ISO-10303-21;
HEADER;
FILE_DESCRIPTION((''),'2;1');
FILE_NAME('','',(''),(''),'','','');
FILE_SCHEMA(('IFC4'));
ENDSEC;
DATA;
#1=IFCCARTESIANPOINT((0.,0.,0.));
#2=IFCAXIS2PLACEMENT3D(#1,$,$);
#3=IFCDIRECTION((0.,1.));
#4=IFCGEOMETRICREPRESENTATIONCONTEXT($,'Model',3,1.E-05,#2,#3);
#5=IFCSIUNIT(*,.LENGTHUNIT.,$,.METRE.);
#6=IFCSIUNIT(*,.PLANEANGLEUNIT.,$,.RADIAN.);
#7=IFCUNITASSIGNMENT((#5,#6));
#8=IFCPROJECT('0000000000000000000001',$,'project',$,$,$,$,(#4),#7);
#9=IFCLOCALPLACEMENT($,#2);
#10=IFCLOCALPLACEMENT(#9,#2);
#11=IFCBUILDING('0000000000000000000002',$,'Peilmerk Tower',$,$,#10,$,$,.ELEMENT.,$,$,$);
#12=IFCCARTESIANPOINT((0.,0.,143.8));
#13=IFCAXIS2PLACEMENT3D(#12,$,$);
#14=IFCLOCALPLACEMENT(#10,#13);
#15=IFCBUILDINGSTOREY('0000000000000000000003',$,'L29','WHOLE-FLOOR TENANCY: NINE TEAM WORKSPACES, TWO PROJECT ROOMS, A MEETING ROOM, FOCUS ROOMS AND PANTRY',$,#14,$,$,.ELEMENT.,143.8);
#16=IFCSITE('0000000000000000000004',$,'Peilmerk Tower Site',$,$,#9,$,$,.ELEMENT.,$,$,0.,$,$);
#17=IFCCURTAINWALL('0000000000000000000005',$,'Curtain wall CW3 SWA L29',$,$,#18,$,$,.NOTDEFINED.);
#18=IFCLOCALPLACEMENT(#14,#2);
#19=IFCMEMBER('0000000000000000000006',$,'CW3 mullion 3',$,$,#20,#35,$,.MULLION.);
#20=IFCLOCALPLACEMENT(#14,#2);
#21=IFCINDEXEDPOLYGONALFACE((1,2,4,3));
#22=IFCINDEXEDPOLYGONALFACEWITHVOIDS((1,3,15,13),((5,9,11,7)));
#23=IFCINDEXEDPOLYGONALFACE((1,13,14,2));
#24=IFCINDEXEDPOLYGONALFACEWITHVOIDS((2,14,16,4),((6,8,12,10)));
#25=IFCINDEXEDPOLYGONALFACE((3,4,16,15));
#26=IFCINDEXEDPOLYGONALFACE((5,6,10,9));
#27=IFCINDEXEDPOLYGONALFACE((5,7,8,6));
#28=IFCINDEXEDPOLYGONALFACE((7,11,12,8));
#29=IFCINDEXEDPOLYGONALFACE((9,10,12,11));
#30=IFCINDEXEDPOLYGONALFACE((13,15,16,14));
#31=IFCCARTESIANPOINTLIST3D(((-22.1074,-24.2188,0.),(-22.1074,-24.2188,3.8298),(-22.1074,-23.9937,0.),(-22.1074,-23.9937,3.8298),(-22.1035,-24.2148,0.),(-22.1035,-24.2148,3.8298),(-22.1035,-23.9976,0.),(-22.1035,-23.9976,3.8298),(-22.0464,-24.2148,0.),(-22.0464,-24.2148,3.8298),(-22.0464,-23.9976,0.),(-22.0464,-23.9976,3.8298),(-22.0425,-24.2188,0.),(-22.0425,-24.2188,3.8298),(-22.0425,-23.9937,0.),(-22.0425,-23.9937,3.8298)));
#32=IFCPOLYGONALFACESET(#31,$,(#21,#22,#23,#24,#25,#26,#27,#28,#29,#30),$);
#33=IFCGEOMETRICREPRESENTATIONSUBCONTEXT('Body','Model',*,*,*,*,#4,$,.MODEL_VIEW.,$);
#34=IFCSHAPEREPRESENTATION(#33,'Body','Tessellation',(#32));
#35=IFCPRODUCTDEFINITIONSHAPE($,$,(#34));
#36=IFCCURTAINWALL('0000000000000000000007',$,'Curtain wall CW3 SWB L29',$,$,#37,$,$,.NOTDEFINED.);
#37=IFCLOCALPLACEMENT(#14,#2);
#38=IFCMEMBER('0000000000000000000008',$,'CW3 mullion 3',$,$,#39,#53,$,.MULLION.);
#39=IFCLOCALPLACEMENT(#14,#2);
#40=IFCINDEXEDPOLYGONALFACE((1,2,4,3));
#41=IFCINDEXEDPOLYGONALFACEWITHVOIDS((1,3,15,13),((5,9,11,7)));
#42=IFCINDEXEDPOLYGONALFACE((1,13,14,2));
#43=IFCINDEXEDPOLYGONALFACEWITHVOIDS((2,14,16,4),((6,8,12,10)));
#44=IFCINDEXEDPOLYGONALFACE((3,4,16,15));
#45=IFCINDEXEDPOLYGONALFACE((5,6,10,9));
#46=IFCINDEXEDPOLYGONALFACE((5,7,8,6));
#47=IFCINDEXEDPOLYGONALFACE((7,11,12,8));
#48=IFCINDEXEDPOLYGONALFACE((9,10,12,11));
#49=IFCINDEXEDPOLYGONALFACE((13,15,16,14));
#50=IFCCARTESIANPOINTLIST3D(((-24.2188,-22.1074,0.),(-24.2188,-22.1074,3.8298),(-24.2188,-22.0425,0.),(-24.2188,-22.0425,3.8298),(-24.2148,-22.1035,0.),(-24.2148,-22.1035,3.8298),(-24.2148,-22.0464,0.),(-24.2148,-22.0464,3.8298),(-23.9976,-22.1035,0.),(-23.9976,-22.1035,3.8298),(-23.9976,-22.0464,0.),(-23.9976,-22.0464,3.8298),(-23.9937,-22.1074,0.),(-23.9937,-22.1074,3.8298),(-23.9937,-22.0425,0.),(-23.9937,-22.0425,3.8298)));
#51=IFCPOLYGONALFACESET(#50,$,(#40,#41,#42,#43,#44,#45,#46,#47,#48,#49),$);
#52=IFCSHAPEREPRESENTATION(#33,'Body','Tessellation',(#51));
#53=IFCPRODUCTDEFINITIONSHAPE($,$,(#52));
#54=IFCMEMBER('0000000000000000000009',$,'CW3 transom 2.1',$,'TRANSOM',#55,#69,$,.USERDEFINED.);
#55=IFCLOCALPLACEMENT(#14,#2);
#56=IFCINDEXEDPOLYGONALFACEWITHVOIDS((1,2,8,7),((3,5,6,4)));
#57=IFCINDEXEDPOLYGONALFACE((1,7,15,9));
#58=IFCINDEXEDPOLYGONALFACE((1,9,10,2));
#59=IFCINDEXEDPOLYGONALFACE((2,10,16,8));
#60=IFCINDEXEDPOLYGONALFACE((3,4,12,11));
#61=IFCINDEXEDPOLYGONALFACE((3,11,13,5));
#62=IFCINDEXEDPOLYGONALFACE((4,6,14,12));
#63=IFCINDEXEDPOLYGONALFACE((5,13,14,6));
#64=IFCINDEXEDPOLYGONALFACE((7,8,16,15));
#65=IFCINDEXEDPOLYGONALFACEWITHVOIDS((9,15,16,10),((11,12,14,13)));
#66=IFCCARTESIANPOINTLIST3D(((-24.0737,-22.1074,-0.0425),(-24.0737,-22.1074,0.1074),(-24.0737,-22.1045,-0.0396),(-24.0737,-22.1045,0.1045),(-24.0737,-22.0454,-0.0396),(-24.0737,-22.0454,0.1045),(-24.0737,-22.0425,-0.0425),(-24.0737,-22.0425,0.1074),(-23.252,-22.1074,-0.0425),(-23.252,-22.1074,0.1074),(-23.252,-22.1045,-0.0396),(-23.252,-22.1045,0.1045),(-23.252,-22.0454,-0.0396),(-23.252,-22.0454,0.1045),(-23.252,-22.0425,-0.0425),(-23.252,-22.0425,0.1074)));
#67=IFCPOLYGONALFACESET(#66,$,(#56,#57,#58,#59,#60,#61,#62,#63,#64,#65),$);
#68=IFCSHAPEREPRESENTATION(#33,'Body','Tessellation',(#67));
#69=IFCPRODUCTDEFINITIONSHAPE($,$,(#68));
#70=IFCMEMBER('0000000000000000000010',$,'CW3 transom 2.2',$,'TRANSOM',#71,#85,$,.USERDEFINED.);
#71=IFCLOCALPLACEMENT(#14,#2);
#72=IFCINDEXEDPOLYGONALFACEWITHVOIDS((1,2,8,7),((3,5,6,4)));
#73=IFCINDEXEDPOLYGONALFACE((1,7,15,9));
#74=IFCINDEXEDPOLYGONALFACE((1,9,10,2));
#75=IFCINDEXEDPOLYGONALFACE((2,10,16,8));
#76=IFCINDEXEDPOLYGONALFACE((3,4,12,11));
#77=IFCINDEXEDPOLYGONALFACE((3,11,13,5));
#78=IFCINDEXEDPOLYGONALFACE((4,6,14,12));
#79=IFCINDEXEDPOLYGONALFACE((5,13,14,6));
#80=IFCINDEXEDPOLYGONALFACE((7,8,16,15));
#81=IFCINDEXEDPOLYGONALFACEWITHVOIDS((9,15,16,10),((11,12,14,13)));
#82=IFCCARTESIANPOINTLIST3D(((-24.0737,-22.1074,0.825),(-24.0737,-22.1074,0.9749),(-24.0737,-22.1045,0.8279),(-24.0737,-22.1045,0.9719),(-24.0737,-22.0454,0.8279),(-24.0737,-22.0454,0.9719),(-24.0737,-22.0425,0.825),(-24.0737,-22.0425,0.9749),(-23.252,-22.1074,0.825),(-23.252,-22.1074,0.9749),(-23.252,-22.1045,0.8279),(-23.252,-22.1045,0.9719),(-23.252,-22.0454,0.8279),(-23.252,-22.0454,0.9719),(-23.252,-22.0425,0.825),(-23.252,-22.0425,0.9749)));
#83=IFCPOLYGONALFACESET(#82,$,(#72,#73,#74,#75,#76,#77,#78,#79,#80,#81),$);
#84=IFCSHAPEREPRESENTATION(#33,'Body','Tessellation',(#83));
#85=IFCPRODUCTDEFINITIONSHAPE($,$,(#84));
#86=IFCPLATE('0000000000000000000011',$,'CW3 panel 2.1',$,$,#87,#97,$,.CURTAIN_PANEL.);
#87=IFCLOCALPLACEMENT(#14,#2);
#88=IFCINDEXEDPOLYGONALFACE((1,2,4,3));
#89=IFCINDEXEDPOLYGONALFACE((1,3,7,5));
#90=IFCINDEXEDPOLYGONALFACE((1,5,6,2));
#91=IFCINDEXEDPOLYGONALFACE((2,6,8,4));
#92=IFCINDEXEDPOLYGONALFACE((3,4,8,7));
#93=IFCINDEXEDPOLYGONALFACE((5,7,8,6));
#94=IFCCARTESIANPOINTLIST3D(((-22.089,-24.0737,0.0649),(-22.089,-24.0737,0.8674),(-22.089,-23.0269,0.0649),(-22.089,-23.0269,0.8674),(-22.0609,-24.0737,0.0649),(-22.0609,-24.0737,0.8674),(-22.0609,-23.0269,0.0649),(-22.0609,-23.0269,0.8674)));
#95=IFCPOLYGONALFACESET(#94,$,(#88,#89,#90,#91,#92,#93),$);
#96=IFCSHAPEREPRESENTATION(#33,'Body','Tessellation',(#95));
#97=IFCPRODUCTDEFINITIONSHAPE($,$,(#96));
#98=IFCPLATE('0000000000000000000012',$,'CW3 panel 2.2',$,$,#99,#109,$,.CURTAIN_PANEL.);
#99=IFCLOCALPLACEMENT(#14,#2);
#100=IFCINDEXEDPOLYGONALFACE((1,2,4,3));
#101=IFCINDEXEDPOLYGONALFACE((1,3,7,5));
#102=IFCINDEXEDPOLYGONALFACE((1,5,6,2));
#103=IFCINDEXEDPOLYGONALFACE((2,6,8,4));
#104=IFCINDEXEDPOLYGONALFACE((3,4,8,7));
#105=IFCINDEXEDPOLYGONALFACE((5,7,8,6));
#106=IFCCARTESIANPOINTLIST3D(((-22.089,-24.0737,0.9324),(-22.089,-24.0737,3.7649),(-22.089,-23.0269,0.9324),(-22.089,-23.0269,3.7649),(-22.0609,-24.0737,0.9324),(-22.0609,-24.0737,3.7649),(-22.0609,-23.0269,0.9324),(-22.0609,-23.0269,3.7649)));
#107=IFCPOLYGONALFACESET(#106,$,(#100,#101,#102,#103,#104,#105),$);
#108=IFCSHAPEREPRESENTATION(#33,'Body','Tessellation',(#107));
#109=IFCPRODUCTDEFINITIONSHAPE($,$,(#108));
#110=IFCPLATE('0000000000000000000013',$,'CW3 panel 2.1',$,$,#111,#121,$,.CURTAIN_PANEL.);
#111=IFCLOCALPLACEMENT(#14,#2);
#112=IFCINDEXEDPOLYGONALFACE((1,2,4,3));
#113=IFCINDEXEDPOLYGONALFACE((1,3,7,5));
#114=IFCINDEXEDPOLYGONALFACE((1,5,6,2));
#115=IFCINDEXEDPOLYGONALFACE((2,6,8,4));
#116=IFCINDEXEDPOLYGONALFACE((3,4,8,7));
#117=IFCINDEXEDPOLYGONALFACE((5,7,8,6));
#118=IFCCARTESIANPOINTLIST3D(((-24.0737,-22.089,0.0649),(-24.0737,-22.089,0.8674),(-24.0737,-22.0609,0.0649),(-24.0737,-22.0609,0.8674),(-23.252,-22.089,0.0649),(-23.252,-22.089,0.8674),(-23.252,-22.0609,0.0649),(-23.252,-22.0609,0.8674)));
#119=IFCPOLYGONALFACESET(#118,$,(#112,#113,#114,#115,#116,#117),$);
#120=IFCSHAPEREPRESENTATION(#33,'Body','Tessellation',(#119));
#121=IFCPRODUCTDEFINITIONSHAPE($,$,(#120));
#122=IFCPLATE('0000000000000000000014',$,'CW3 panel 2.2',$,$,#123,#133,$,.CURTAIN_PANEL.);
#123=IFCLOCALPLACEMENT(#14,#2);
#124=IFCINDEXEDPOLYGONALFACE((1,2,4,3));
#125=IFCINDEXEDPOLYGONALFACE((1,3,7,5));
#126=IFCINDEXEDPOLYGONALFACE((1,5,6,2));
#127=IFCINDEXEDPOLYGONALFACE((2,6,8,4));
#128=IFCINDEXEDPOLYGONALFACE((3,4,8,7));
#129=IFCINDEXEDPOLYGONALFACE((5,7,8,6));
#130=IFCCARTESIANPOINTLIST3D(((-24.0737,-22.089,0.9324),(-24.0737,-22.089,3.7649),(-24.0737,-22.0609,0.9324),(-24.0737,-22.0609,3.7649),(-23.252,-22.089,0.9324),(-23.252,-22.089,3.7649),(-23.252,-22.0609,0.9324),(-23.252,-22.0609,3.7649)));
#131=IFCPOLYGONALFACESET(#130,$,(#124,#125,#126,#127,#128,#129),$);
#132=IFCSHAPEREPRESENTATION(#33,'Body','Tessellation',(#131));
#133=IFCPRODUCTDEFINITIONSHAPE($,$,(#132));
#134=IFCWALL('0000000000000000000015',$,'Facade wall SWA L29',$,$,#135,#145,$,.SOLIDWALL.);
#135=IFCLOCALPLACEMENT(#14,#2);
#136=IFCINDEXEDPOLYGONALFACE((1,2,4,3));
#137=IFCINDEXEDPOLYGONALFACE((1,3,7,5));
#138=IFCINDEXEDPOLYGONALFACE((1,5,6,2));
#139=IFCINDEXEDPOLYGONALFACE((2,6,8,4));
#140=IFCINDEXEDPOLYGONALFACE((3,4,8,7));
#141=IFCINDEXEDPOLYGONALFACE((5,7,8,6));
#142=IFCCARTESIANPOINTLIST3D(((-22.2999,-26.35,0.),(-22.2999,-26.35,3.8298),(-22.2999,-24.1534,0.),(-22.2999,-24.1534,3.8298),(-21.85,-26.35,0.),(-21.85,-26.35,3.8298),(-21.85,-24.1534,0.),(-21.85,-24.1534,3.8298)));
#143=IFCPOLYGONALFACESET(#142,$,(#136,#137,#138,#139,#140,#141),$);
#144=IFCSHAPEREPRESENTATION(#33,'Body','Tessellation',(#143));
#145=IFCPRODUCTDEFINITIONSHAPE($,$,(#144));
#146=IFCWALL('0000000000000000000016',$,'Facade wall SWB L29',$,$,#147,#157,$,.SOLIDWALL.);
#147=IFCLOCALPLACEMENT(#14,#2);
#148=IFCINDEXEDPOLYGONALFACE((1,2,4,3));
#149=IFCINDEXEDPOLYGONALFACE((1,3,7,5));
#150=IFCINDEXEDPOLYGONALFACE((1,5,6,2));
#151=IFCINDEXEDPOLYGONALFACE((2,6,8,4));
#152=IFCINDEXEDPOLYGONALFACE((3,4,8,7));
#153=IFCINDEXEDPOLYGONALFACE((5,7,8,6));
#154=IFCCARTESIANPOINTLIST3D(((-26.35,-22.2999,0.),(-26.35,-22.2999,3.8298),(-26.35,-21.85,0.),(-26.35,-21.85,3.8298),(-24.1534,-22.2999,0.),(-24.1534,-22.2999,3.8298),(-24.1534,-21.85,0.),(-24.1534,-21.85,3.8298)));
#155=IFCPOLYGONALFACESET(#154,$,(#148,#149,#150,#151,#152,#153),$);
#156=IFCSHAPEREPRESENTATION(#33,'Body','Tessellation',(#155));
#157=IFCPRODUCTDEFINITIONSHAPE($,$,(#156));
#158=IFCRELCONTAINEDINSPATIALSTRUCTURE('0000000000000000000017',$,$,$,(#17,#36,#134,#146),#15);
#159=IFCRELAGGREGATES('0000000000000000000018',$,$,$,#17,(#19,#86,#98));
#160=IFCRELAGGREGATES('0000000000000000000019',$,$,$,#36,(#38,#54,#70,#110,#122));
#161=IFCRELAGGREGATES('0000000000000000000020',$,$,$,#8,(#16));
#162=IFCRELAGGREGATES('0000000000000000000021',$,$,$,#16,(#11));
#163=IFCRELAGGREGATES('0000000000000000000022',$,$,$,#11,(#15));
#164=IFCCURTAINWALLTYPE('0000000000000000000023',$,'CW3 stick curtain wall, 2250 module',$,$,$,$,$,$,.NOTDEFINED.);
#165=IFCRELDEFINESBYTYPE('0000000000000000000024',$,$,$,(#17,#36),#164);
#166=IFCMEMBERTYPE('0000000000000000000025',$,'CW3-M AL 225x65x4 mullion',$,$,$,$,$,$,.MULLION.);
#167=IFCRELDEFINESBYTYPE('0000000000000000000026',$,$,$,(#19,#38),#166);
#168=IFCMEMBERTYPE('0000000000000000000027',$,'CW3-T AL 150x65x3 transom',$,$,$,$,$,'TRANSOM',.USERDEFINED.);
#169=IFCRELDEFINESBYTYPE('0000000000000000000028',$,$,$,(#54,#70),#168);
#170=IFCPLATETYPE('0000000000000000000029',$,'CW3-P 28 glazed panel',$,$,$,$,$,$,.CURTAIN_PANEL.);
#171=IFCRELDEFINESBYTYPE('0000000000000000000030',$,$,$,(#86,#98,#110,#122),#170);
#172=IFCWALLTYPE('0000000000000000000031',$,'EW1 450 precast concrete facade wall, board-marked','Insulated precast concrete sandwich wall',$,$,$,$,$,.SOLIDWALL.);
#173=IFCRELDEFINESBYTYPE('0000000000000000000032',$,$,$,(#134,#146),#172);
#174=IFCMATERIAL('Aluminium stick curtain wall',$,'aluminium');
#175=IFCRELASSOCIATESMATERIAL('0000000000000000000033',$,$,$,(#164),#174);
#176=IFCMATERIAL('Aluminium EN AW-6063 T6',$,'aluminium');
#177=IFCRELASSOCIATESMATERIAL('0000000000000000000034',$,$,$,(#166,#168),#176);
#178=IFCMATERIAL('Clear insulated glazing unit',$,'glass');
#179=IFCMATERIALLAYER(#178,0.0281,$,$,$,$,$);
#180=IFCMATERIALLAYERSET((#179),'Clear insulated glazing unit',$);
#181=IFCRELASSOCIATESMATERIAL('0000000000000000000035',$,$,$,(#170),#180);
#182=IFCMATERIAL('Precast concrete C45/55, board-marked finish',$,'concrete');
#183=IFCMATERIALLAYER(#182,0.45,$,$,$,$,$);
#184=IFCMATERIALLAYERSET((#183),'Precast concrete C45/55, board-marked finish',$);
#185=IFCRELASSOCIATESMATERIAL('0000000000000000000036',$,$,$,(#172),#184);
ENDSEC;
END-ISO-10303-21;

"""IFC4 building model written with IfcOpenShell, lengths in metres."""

from ifc_helpers import new_model, si_unit, direction, frame, frame_2d, origin, origin_2d, place, context, subcontext, project, spatial, rectangle, hollow_rectangle, extrude, material, layer, layer_set, material_profile, profile_set, type_object, element, aggregate, save


model = new_model("IFC4")

# Units and contexts
model_context = context("Model", 3, precision=1e-05, world=origin(), true_north=direction((0.0, 1.0)))
body_context = subcontext(model_context, "Body", "Model", "MODEL_VIEW")
ifc_project = project(units=[si_unit("LENGTHUNIT", "METRE"), si_unit("PLANEANGLEUNIT", "RADIAN")], contexts=[model_context])

# Site, building, storey
site_placement = place(None, origin())
site = spatial("IfcSite", under=ifc_project, at=site_placement, Name="Peilmerk Tower Site", CompositionType="ELEMENT", RefElevation=0.0)
building_placement = place(site_placement, origin())
building = spatial("IfcBuilding", under=site, at=building_placement, Name="Peilmerk Tower", CompositionType="ELEMENT")
storey_placement = place(building_placement, frame((0.0, 0.0, 143.8)))
storey = spatial("IfcBuildingStorey", under=building, at=storey_placement, Name="L29", Description="WHOLE-FLOOR TENANCY: NINE TEAM WORKSPACES, TWO PROJECT ROOMS, A MEETING ROOM, FOCUS ROOMS AND PANTRY", CompositionType="ELEMENT", Elevation=143.8)

# Curtain wall, member
ifc_material_1 = material(Name="Aluminium stick curtain wall", Category="aluminium")
curtain_wall_type = type_object("IfcCurtainWallType", Name="CW3 stick curtain wall, 2250 module", PredefinedType="NOTDEFINED", material=ifc_material_1)
curtain_wall_1_placement = place(storey_placement, origin())
curtain_wall_1 = element("IfcCurtainWall", 1, at=curtain_wall_1_placement, inside=storey, type_object=curtain_wall_type, Name="Curtain wall CW3 SWA L29", PredefinedType="NOTDEFINED")
ifc_material_2 = material(Name="Aluminium EN AW-6063 T6", Category="aluminium")
ifc_material_profile_1 = material_profile(ifc_material_2, hollow_rectangle(XDim=0.0649, YDim=0.2251, WallThickness=0.0039, at=origin_2d()), Name="AL 225x65x4")
ifc_profile_set_1 = profile_set([ifc_material_profile_1], Name="Aluminium EN AW-6063 T6")
member_type_1 = type_object("IfcMemberType", Name="CW3-M AL 225x65x4 mullion", PredefinedType="MULLION", material=ifc_profile_set_1)
member_1_placement = place(storey_placement, frame((-22.075, -24.1062, 0.0), z_axis=(0.0, 0.0, 1.0), x_axis=(1.0, 0.0, 0.0)))
member_1 = element("IfcMember", 2, at=member_1_placement, type_object=member_type_1, Name="CW3 mullion 3", PredefinedType="MULLION", context=body_context, shape_type="SweptSolid", body=[
    extrude(hollow_rectangle(XDim=0.0649, YDim=0.2251, WallThickness=0.0039, at=origin_2d()), origin(), (0.0, 0.0, 1.0), 3.8298),
])

# Curtain wall, members
curtain_wall_2_placement = place(storey_placement, origin())
curtain_wall_2 = element("IfcCurtainWall", 3, at=curtain_wall_2_placement, inside=storey, type_object=curtain_wall_type, Name="Curtain wall CW3 SWB L29", PredefinedType="NOTDEFINED")
member_2_placement = place(storey_placement, frame((-24.1062, -22.075, 0.0), z_axis=(0.0, 0.0, 1.0), x_axis=(0.0, -1.0, 0.0)))
member_2 = element("IfcMember", 4, at=member_2_placement, type_object=member_type_1, Name="CW3 mullion 3", PredefinedType="MULLION", context=body_context, shape_type="SweptSolid", body=[
    extrude(hollow_rectangle(XDim=0.0649, YDim=0.2251, WallThickness=0.0039, at=origin_2d()), origin(), (0.0, 0.0, 1.0), 3.8298),
])
ifc_material_profile_2 = material_profile(ifc_material_2, hollow_rectangle(XDim=0.0649, YDim=0.1499, WallThickness=0.0029, at=origin_2d()), Name="AL 150x65x3")
ifc_profile_set_2 = profile_set([ifc_material_profile_2], Name="Aluminium EN AW-6063 T6")
member_type_2 = type_object("IfcMemberType", Name="CW3-T AL 150x65x3 transom", ElementType="TRANSOM", PredefinedType="USERDEFINED", material=ifc_profile_set_2)
member_3_placement = place(storey_placement, frame((-23.252, -22.075, 0.0325), z_axis=(-1.0, 0.0, 0.0), x_axis=(0.0, -1.0, 0.0)))
member_3 = element("IfcMember", 5, at=member_3_placement, type_object=member_type_2, Name="CW3 transom 2.1", ObjectType="TRANSOM", PredefinedType="USERDEFINED", context=body_context, shape_type="SweptSolid", body=[
    extrude(hollow_rectangle(XDim=0.0649, YDim=0.1499, WallThickness=0.0029, at=origin_2d()), origin(), (0.0, 0.0, 1.0), 0.8218),
])
member_4_placement = place(storey_placement, frame((-23.252, -22.075, 0.8999), z_axis=(-1.0, 0.0, 0.0), x_axis=(0.0, -1.0, 0.0)))
member_4 = element("IfcMember", 6, at=member_4_placement, type_object=member_type_2, Name="CW3 transom 2.2", ObjectType="TRANSOM", PredefinedType="USERDEFINED", context=body_context, shape_type="SweptSolid", body=[
    extrude(hollow_rectangle(XDim=0.0649, YDim=0.1499, WallThickness=0.0029, at=origin_2d()), origin(), (0.0, 0.0, 1.0), 0.8218),
])

# Plates
ifc_material_3 = material(Name="Clear insulated glazing unit", Category="glass")
ifc_layer_1 = layer(ifc_material_3, 0.0281)
ifc_layer_set_1 = layer_set([ifc_layer_1], Name="Clear insulated glazing unit")
plate_type = type_object("IfcPlateType", Name="CW3-P 28 glazed panel", PredefinedType="CURTAIN_PANEL", material=ifc_layer_set_1)
plate_1_placement = place(storey_placement, frame((-22.075, -23.5503, 0.0649), z_axis=(0.0, 0.0, 1.0), x_axis=(0.0, -1.0, 0.0)))
plate_1 = element("IfcPlate", 7, at=plate_1_placement, type_object=plate_type, Name="CW3 panel 2.1", PredefinedType="CURTAIN_PANEL", context=body_context, shape_type="SweptSolid", body=[
    extrude(rectangle(XDim=1.0469, YDim=0.0281, at=origin_2d()), origin(), (0.0, 0.0, 1.0), 0.8025),
])
plate_2_placement = place(storey_placement, frame((-22.075, -23.5503, 0.9324), z_axis=(0.0, 0.0, 1.0), x_axis=(0.0, -1.0, 0.0)))
plate_2 = element("IfcPlate", 8, at=plate_2_placement, type_object=plate_type, Name="CW3 panel 2.2", PredefinedType="CURTAIN_PANEL", context=body_context, shape_type="SweptSolid", body=[
    extrude(rectangle(XDim=1.0469, YDim=0.0281, at=origin_2d()), origin(), (0.0, 0.0, 1.0), 2.8325),
])
aggregate(curtain_wall_1, [member_1, plate_1, plate_2])
plate_3_placement = place(storey_placement, frame((-23.6628, -22.075, 0.0649), z_axis=(0.0, 0.0, 1.0), x_axis=(-1.0, 0.0, 0.0)))
plate_3 = element("IfcPlate", 9, at=plate_3_placement, type_object=plate_type, Name="CW3 panel 2.1", PredefinedType="CURTAIN_PANEL", context=body_context, shape_type="SweptSolid", body=[
    extrude(rectangle(XDim=0.8218, YDim=0.0281, at=origin_2d()), origin(), (0.0, 0.0, 1.0), 0.8025),
])
plate_4_placement = place(storey_placement, frame((-23.6628, -22.075, 0.9324), z_axis=(0.0, 0.0, 1.0), x_axis=(-1.0, 0.0, 0.0)))
plate_4 = element("IfcPlate", 10, at=plate_4_placement, type_object=plate_type, Name="CW3 panel 2.2", PredefinedType="CURTAIN_PANEL", context=body_context, shape_type="SweptSolid", body=[
    extrude(rectangle(XDim=0.8218, YDim=0.0281, at=origin_2d()), origin(), (0.0, 0.0, 1.0), 2.8325),
])
aggregate(curtain_wall_2, [member_2, member_3, member_4, plate_3, plate_4])

# Shared definitions
ifc_material_4 = material(Name="Precast concrete C45/55, board-marked finish", Category="concrete")
ifc_layer_2 = layer(ifc_material_4, 0.45)
ifc_layer_set_2 = layer_set([ifc_layer_2], Name="Precast concrete C45/55, board-marked finish")
wall_type = type_object("IfcWallType", Name="EW1 450 precast concrete facade wall, board-marked", Description="Insulated precast concrete sandwich wall", PredefinedType="SOLIDWALL", material=ifc_layer_set_2)

# Walls
for number, where, z_axis, x_axis, name in (
    (11, (-22.075, -24.1536, 0.0), (0.0, 0.0, 1.0), (0.0, -1.0, 0.0), "Facade wall SWA L29"),
    (12, (-24.1536, -22.075, 0.0), (0.0, 0.0, 1.0), (-1.0, 0.0, 0.0), "Facade wall SWB L29"),
):
    element("IfcWall", number, at=place(storey_placement, frame(where, z_axis=z_axis, x_axis=x_axis)), inside=storey, type_object=wall_type, Name=name, PredefinedType="SOLIDWALL", context=body_context, shape_type="SweptSolid", body=[
        extrude(rectangle(XDim=2.1965, YDim=0.45, at=frame_2d((1.0981, 0.0))), origin(), (0.0, 0.0, 1.0), 3.8298),
    ])

save(model, "model.ifc")
